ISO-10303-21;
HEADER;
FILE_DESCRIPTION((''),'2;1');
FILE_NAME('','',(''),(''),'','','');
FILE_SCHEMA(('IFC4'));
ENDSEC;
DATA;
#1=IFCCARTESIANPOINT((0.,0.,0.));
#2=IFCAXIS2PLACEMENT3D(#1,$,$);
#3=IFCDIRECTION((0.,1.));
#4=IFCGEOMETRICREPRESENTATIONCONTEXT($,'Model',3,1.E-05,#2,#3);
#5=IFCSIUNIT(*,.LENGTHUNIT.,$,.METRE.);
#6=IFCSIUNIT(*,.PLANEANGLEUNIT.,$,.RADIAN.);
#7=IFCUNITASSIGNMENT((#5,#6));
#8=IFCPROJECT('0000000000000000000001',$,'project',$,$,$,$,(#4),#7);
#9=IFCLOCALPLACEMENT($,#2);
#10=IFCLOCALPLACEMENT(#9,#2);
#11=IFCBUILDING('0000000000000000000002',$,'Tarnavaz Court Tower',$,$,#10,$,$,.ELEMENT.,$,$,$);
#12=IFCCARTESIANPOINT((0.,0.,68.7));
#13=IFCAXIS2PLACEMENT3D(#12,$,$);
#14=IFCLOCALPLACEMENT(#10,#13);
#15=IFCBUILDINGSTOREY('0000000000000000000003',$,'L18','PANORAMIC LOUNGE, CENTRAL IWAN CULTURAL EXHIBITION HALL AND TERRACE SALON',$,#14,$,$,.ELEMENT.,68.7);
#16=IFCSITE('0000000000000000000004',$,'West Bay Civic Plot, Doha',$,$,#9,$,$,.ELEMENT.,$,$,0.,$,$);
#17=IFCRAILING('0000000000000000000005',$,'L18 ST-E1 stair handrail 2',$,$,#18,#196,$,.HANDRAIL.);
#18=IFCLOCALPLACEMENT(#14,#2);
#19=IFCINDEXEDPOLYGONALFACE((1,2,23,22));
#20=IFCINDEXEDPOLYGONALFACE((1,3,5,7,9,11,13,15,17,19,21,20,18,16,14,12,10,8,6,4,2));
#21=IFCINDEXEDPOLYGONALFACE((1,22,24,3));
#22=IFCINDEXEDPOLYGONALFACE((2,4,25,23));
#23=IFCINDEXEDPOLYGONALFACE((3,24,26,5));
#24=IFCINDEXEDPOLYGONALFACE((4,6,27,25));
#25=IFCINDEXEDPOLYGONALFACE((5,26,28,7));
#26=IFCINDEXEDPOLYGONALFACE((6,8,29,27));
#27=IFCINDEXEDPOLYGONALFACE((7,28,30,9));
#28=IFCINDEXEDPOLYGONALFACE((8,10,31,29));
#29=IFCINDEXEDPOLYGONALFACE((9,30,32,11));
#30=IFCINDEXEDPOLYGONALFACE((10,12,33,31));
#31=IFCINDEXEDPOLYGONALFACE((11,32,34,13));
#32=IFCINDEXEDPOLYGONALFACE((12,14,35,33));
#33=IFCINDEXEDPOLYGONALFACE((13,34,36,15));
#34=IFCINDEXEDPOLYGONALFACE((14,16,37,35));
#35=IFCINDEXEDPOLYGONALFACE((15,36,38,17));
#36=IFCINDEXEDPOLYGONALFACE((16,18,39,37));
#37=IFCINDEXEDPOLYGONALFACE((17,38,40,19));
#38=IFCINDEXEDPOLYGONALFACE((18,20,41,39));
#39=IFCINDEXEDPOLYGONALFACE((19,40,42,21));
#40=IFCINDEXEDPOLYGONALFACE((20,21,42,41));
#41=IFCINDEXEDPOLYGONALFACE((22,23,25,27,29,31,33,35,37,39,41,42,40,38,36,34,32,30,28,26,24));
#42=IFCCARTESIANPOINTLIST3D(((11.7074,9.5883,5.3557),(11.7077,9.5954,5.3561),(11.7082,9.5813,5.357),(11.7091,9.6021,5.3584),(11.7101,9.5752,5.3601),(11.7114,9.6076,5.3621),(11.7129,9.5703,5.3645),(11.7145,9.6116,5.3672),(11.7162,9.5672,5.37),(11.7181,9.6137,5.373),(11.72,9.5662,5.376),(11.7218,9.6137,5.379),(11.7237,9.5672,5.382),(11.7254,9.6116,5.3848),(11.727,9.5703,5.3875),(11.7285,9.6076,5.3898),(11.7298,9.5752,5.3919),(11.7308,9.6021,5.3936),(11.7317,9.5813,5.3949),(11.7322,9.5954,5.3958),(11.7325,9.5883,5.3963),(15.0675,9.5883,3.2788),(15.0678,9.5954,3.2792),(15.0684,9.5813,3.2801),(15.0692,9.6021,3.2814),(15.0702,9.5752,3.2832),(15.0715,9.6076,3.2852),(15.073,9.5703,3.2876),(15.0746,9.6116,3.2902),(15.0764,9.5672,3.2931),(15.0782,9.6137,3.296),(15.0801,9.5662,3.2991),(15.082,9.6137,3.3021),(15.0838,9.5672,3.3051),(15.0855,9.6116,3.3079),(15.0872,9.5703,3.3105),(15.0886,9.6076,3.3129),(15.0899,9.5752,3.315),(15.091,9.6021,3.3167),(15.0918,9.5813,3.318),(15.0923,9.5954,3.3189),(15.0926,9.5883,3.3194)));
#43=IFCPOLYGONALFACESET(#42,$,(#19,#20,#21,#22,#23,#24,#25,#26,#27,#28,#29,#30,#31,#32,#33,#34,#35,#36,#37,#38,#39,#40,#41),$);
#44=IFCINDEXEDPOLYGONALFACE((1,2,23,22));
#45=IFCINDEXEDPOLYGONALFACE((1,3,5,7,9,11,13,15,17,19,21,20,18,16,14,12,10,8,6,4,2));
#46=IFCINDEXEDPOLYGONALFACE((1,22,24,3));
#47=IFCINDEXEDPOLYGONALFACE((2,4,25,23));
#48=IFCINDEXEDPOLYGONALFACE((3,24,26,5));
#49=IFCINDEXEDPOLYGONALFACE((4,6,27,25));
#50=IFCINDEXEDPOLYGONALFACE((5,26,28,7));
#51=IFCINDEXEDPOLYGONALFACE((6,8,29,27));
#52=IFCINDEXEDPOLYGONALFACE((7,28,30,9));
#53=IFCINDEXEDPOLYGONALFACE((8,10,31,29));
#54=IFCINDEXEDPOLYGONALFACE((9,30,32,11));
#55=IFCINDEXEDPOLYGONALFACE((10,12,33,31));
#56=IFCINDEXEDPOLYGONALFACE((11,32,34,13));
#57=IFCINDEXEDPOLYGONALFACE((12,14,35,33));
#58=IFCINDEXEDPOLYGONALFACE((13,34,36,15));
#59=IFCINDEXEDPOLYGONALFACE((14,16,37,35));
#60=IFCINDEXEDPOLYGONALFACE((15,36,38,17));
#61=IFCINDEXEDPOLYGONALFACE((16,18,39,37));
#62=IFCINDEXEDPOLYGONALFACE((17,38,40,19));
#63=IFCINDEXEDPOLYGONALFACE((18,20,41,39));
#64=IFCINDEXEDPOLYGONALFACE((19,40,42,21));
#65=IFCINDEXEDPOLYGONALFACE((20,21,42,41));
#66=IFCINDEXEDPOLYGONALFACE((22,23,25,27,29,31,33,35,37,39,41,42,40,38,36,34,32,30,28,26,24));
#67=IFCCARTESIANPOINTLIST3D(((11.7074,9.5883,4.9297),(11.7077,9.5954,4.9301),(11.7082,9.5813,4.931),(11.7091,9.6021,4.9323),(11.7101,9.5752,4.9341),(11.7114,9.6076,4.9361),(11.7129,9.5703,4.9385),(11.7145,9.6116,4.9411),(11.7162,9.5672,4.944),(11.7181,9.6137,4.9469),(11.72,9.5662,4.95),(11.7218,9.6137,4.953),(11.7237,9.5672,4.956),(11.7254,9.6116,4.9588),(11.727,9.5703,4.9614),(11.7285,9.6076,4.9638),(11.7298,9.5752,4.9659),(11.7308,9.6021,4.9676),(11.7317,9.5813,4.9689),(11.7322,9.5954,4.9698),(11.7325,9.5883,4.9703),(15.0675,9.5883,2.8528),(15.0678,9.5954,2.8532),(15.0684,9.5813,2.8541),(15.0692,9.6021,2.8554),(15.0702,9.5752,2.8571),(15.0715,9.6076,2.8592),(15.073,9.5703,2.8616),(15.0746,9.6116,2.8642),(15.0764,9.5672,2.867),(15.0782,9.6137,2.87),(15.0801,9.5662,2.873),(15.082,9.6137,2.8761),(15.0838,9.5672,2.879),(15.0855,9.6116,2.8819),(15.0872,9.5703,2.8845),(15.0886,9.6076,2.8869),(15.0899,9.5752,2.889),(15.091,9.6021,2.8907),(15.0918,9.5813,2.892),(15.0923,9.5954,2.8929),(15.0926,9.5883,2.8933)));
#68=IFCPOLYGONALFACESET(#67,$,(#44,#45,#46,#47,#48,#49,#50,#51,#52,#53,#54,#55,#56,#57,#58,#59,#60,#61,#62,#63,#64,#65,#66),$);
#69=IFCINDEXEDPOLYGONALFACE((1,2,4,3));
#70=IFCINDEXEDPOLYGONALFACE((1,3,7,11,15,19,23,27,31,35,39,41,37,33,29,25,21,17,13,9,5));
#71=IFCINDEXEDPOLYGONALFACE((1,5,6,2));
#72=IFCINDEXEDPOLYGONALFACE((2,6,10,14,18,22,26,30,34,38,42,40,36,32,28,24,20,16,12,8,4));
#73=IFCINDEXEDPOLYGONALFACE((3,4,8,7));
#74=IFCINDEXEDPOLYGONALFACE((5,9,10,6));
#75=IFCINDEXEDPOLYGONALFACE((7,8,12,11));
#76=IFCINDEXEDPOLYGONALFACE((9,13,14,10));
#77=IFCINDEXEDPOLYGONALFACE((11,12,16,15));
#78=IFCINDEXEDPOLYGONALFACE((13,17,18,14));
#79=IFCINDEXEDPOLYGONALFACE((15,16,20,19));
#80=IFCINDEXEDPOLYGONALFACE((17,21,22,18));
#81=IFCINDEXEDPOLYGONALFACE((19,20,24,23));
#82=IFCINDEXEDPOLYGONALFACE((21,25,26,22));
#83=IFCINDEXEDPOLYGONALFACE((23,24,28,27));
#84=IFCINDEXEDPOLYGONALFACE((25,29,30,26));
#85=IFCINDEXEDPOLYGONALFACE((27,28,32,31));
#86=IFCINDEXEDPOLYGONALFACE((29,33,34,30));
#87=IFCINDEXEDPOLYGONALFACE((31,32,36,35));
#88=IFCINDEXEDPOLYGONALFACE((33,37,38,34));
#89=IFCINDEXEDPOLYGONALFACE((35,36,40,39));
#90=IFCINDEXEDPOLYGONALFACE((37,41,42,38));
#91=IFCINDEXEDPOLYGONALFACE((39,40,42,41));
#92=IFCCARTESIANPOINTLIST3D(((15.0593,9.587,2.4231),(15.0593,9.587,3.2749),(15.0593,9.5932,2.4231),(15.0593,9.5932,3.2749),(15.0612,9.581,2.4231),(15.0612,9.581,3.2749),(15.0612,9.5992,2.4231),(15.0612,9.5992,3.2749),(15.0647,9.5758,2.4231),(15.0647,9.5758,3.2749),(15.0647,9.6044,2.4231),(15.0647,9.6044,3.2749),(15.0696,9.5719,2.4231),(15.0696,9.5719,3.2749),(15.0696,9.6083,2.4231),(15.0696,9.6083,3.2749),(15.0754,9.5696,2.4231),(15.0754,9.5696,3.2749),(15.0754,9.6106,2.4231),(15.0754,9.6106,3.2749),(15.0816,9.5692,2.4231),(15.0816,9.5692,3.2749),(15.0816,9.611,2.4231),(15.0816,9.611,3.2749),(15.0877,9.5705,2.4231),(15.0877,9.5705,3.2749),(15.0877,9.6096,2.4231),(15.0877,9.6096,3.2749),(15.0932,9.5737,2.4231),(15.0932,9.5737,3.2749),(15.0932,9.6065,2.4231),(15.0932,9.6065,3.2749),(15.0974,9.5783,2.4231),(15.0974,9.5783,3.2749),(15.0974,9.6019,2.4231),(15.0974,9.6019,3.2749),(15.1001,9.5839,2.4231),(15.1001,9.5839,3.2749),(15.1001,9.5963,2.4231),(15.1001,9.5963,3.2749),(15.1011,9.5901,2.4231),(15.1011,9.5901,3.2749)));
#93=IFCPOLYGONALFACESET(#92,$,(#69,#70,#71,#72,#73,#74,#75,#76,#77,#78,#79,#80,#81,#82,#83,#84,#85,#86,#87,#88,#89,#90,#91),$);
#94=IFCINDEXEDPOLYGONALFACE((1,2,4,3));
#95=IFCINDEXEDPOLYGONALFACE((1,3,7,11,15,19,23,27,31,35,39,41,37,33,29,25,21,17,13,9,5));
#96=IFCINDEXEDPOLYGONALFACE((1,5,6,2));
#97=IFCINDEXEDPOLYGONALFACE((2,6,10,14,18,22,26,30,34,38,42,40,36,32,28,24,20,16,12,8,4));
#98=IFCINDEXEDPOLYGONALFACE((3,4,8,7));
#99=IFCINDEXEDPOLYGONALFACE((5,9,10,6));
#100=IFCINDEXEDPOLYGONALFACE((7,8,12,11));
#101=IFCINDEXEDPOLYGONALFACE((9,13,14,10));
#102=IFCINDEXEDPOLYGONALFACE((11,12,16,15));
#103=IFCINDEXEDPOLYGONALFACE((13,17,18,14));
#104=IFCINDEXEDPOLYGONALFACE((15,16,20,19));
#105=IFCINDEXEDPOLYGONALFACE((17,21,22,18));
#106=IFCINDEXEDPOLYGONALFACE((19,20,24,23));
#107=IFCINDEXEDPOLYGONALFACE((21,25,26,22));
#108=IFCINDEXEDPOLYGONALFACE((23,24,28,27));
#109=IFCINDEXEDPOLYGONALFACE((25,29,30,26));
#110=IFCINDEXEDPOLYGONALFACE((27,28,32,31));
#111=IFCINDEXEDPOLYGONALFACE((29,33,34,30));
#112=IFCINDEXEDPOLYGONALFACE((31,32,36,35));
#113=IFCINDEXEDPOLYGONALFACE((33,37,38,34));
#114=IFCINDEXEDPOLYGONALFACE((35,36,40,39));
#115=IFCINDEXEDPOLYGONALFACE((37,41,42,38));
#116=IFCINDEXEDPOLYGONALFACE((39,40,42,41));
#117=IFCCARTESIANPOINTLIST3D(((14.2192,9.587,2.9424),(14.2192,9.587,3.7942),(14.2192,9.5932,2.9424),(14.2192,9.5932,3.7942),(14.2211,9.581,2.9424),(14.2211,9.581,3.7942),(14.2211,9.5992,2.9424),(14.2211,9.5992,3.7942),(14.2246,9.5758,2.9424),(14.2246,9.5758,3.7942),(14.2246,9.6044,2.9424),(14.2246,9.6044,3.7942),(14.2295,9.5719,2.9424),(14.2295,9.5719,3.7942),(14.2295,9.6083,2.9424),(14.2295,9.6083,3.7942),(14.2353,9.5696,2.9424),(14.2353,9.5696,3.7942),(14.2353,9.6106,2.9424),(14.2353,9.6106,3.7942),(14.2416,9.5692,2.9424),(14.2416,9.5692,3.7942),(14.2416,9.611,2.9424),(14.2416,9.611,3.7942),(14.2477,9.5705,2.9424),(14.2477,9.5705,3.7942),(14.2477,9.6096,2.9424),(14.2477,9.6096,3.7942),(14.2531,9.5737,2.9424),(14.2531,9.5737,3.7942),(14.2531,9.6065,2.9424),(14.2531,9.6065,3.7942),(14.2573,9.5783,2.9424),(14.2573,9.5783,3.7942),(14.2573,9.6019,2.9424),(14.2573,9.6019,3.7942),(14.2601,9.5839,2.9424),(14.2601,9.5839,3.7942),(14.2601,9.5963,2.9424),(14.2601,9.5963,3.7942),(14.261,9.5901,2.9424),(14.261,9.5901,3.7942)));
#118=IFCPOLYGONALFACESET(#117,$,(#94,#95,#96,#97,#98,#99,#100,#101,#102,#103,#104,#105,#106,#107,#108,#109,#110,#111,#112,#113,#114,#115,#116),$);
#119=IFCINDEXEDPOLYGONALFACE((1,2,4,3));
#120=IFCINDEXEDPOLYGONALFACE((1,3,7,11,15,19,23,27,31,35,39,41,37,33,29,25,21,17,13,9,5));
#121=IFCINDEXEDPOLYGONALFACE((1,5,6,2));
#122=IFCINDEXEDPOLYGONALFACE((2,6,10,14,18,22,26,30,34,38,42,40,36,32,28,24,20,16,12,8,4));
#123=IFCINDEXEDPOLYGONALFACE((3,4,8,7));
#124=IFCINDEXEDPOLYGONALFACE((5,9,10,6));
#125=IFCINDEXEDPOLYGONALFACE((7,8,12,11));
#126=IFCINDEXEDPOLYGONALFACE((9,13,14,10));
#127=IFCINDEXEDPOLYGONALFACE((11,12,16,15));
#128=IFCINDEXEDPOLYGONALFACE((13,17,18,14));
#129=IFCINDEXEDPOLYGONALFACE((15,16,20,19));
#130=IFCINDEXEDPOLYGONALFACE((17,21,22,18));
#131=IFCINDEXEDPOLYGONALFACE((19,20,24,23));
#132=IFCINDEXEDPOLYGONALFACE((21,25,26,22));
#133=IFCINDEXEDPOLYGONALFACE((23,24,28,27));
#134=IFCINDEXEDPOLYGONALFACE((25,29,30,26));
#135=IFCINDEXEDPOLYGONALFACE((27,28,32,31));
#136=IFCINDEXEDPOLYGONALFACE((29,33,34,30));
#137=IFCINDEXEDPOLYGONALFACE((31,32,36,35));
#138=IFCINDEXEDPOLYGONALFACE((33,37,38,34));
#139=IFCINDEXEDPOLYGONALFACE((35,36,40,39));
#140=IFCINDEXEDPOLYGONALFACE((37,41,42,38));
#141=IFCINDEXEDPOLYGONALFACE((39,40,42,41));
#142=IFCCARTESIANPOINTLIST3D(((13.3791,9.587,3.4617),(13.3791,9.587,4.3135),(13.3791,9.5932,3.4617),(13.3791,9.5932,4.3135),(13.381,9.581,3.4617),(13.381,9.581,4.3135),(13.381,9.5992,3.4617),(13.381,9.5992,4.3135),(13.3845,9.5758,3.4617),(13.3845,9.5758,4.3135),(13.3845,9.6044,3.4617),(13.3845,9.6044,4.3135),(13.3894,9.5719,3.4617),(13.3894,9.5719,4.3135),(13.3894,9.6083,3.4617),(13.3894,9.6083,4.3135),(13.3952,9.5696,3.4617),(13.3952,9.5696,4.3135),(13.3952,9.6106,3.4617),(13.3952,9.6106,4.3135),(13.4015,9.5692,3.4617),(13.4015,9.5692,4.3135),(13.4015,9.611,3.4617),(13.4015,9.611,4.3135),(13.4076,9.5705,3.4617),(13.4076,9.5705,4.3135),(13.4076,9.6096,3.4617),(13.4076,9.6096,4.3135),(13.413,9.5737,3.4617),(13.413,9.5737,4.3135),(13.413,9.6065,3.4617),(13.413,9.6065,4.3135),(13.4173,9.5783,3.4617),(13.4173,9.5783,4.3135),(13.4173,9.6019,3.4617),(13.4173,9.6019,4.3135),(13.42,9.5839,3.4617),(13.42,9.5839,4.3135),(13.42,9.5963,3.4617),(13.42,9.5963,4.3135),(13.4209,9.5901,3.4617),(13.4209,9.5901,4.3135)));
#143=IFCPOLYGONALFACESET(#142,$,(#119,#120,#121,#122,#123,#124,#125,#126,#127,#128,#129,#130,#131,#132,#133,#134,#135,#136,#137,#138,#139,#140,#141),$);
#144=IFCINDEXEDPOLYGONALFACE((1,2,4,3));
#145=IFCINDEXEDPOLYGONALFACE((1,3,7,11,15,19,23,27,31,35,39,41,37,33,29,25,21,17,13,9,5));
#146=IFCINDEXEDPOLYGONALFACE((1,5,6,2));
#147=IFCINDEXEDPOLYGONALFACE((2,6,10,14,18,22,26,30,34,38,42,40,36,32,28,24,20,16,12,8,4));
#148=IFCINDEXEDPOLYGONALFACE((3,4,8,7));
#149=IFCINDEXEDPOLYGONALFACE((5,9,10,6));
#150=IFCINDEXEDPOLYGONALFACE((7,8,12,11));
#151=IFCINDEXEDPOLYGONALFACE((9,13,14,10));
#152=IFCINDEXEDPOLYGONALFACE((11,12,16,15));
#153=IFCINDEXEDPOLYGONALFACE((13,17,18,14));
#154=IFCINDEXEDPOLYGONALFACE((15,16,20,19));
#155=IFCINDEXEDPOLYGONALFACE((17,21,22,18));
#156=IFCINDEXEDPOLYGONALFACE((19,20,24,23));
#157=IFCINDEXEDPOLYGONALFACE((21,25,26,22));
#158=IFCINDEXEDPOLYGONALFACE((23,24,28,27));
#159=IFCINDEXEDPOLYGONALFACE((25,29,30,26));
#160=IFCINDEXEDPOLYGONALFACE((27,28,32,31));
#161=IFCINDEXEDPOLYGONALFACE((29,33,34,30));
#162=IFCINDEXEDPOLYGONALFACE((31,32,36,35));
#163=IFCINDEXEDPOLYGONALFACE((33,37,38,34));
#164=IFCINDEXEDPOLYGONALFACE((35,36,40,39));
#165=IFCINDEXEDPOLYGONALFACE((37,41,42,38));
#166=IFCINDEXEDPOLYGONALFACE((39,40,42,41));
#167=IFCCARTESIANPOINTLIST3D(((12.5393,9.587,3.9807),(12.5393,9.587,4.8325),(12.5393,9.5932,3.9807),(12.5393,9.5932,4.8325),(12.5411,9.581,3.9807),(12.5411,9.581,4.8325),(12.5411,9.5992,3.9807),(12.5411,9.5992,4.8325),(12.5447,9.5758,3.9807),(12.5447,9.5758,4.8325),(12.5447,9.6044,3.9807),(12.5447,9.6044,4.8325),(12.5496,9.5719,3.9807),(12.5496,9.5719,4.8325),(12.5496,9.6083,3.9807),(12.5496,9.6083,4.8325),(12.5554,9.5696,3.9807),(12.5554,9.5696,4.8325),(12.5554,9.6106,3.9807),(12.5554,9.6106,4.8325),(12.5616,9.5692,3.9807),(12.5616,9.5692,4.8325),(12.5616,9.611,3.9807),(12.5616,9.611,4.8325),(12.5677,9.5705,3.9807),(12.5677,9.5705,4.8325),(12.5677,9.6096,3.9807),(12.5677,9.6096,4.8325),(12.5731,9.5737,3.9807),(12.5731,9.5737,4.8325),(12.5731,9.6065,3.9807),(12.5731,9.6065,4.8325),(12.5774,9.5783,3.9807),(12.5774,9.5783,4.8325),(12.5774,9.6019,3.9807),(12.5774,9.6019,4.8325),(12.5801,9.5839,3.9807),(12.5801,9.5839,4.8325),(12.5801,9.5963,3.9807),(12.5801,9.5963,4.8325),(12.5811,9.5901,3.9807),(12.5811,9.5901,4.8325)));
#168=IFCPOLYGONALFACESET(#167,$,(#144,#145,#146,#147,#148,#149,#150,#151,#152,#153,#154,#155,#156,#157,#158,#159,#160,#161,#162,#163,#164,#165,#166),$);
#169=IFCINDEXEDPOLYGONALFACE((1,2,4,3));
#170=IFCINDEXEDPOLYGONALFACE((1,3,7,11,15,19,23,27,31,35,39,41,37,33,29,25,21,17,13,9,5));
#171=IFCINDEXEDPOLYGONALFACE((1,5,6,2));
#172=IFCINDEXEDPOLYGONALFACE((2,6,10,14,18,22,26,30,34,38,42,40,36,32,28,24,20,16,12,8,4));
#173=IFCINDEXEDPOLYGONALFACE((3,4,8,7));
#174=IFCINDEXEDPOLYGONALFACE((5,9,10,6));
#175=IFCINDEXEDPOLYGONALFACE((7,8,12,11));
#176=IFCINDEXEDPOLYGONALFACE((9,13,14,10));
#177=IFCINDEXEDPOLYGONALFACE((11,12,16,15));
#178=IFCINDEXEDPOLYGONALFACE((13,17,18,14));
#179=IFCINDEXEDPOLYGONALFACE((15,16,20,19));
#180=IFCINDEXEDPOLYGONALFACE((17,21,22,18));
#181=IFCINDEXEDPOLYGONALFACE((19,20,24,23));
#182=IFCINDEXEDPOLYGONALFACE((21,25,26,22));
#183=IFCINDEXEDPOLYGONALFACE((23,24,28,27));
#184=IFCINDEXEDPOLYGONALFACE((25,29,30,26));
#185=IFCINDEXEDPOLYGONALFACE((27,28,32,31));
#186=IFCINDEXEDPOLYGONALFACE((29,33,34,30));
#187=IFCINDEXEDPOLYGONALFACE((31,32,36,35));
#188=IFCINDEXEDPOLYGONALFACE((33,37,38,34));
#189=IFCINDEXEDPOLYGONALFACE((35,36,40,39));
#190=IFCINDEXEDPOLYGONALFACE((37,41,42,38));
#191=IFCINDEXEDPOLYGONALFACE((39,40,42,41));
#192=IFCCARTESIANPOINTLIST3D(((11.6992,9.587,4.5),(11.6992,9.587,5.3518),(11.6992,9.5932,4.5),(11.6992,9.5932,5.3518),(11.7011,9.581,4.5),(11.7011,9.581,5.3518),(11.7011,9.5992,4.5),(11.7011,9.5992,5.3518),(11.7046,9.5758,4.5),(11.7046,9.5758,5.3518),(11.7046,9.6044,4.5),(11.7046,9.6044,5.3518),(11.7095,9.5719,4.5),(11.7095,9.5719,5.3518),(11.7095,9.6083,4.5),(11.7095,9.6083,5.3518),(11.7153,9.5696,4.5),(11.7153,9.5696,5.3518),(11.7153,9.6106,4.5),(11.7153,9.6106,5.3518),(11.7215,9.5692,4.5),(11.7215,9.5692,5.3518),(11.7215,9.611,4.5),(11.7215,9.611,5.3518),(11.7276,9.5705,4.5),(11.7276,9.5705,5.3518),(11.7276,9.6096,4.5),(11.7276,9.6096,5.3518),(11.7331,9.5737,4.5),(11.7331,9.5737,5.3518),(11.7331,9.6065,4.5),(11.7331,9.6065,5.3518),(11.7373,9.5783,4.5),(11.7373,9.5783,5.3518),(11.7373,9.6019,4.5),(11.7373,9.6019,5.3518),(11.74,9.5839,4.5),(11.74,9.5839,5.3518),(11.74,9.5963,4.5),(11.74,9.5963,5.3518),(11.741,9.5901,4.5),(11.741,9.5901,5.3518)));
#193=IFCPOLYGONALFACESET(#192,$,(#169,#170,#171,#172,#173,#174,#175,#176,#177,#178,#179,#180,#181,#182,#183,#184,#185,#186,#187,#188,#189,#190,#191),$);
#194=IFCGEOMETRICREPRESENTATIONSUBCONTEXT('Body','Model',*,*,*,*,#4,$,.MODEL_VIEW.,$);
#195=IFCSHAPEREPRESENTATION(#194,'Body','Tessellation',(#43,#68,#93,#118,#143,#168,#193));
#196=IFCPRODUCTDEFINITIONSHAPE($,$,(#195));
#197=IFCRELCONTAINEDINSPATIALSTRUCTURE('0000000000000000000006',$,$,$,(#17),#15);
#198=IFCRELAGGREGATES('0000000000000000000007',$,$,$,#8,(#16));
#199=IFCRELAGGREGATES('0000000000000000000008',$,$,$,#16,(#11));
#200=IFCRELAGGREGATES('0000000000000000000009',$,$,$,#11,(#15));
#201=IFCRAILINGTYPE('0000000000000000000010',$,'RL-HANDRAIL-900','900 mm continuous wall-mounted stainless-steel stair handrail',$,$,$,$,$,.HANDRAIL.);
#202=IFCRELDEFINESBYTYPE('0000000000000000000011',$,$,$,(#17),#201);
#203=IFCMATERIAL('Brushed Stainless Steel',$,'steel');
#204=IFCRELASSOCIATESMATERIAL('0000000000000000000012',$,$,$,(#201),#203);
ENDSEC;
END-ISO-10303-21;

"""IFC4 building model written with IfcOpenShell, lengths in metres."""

from ifc_helpers import new_model, si_unit, direction, frame, origin, origin_2d, place, context, subcontext, project, spatial, circle, extrude, material, type_object, element, save


model = new_model("IFC4")

# Units and contexts
model_context = context("Model", 3, precision=1e-05, world=origin(), true_north=direction((0.0, 1.0)))
body_context = subcontext(model_context, "Body", "Model", "MODEL_VIEW")
ifc_project = project(units=[si_unit("LENGTHUNIT", "METRE"), si_unit("PLANEANGLEUNIT", "RADIAN")], contexts=[model_context])

# Site, building, storey
site_placement = place(None, origin())
site = spatial("IfcSite", under=ifc_project, at=site_placement, Name="West Bay Civic Plot, Doha", CompositionType="ELEMENT", RefElevation=0.0)
building_placement = place(site_placement, origin())
building = spatial("IfcBuilding", under=site, at=building_placement, Name="Tarnavaz Court Tower", CompositionType="ELEMENT")
storey_placement = place(building_placement, frame((0.0, 0.0, 68.7)))
storey = spatial("IfcBuildingStorey", under=building, at=storey_placement, Name="L18", Description="PANORAMIC LOUNGE, CENTRAL IWAN CULTURAL EXHIBITION HALL AND TERRACE SALON", CompositionType="ELEMENT", Elevation=68.7)

# Railing
ifc_material_1 = material(Name="Brushed Stainless Steel", Category="steel")
railing_type_1 = type_object("IfcRailingType", Name="RL-HANDRAIL-900", Description="900 mm continuous wall-mounted stainless-steel stair handrail", PredefinedType="HANDRAIL", material=ifc_material_1)
railing_1_placement = place(storey_placement, frame((15.0801, 9.5901, 2.4231)))
element("IfcRailing", 1, at=railing_1_placement, inside=storey, type_object=railing_type_1, Name="L18 ST-E1 stair handrail 2", PredefinedType="HANDRAIL", context=body_context, shape_type="SweptSolid", body=[
    extrude(circle(Radius=0.0239, at=origin_2d()), frame((0.0, 0.0, 0.876), z_axis=(-0.850623, 0.0, 0.525776), x_axis=(0.0, -1.0, 0.0)), (0.0, 0.0, 1.0), 3.9502),
    extrude(circle(Radius=0.0239, at=origin_2d()), frame((0.0, 0.0, 0.45), z_axis=(-0.850623, 0.0, 0.525776), x_axis=(0.0, -1.0, 0.0)), (0.0, 0.0, 1.0), 3.9502),
    extrude(circle(Radius=0.021, at=origin_2d()), origin(), (0.0, 0.0, 1.0), 0.8518),
    extrude(circle(Radius=0.021, at=origin_2d()), frame((-0.8401, 0.0, 0.5193)), (0.0, 0.0, 1.0), 0.8518),
    extrude(circle(Radius=0.021, at=origin_2d()), frame((-1.6802, 0.0, 1.0386)), (0.0, 0.0, 1.0), 0.8518),
    extrude(circle(Radius=0.021, at=origin_2d()), frame((-2.52, 0.0, 1.5576)), (0.0, 0.0, 1.0), 0.8518),
    extrude(circle(Radius=0.021, at=origin_2d()), frame((-3.3601, 0.0, 2.0769)), (0.0, 0.0, 1.0), 0.8518),
])

save(model, "model.ifc")
